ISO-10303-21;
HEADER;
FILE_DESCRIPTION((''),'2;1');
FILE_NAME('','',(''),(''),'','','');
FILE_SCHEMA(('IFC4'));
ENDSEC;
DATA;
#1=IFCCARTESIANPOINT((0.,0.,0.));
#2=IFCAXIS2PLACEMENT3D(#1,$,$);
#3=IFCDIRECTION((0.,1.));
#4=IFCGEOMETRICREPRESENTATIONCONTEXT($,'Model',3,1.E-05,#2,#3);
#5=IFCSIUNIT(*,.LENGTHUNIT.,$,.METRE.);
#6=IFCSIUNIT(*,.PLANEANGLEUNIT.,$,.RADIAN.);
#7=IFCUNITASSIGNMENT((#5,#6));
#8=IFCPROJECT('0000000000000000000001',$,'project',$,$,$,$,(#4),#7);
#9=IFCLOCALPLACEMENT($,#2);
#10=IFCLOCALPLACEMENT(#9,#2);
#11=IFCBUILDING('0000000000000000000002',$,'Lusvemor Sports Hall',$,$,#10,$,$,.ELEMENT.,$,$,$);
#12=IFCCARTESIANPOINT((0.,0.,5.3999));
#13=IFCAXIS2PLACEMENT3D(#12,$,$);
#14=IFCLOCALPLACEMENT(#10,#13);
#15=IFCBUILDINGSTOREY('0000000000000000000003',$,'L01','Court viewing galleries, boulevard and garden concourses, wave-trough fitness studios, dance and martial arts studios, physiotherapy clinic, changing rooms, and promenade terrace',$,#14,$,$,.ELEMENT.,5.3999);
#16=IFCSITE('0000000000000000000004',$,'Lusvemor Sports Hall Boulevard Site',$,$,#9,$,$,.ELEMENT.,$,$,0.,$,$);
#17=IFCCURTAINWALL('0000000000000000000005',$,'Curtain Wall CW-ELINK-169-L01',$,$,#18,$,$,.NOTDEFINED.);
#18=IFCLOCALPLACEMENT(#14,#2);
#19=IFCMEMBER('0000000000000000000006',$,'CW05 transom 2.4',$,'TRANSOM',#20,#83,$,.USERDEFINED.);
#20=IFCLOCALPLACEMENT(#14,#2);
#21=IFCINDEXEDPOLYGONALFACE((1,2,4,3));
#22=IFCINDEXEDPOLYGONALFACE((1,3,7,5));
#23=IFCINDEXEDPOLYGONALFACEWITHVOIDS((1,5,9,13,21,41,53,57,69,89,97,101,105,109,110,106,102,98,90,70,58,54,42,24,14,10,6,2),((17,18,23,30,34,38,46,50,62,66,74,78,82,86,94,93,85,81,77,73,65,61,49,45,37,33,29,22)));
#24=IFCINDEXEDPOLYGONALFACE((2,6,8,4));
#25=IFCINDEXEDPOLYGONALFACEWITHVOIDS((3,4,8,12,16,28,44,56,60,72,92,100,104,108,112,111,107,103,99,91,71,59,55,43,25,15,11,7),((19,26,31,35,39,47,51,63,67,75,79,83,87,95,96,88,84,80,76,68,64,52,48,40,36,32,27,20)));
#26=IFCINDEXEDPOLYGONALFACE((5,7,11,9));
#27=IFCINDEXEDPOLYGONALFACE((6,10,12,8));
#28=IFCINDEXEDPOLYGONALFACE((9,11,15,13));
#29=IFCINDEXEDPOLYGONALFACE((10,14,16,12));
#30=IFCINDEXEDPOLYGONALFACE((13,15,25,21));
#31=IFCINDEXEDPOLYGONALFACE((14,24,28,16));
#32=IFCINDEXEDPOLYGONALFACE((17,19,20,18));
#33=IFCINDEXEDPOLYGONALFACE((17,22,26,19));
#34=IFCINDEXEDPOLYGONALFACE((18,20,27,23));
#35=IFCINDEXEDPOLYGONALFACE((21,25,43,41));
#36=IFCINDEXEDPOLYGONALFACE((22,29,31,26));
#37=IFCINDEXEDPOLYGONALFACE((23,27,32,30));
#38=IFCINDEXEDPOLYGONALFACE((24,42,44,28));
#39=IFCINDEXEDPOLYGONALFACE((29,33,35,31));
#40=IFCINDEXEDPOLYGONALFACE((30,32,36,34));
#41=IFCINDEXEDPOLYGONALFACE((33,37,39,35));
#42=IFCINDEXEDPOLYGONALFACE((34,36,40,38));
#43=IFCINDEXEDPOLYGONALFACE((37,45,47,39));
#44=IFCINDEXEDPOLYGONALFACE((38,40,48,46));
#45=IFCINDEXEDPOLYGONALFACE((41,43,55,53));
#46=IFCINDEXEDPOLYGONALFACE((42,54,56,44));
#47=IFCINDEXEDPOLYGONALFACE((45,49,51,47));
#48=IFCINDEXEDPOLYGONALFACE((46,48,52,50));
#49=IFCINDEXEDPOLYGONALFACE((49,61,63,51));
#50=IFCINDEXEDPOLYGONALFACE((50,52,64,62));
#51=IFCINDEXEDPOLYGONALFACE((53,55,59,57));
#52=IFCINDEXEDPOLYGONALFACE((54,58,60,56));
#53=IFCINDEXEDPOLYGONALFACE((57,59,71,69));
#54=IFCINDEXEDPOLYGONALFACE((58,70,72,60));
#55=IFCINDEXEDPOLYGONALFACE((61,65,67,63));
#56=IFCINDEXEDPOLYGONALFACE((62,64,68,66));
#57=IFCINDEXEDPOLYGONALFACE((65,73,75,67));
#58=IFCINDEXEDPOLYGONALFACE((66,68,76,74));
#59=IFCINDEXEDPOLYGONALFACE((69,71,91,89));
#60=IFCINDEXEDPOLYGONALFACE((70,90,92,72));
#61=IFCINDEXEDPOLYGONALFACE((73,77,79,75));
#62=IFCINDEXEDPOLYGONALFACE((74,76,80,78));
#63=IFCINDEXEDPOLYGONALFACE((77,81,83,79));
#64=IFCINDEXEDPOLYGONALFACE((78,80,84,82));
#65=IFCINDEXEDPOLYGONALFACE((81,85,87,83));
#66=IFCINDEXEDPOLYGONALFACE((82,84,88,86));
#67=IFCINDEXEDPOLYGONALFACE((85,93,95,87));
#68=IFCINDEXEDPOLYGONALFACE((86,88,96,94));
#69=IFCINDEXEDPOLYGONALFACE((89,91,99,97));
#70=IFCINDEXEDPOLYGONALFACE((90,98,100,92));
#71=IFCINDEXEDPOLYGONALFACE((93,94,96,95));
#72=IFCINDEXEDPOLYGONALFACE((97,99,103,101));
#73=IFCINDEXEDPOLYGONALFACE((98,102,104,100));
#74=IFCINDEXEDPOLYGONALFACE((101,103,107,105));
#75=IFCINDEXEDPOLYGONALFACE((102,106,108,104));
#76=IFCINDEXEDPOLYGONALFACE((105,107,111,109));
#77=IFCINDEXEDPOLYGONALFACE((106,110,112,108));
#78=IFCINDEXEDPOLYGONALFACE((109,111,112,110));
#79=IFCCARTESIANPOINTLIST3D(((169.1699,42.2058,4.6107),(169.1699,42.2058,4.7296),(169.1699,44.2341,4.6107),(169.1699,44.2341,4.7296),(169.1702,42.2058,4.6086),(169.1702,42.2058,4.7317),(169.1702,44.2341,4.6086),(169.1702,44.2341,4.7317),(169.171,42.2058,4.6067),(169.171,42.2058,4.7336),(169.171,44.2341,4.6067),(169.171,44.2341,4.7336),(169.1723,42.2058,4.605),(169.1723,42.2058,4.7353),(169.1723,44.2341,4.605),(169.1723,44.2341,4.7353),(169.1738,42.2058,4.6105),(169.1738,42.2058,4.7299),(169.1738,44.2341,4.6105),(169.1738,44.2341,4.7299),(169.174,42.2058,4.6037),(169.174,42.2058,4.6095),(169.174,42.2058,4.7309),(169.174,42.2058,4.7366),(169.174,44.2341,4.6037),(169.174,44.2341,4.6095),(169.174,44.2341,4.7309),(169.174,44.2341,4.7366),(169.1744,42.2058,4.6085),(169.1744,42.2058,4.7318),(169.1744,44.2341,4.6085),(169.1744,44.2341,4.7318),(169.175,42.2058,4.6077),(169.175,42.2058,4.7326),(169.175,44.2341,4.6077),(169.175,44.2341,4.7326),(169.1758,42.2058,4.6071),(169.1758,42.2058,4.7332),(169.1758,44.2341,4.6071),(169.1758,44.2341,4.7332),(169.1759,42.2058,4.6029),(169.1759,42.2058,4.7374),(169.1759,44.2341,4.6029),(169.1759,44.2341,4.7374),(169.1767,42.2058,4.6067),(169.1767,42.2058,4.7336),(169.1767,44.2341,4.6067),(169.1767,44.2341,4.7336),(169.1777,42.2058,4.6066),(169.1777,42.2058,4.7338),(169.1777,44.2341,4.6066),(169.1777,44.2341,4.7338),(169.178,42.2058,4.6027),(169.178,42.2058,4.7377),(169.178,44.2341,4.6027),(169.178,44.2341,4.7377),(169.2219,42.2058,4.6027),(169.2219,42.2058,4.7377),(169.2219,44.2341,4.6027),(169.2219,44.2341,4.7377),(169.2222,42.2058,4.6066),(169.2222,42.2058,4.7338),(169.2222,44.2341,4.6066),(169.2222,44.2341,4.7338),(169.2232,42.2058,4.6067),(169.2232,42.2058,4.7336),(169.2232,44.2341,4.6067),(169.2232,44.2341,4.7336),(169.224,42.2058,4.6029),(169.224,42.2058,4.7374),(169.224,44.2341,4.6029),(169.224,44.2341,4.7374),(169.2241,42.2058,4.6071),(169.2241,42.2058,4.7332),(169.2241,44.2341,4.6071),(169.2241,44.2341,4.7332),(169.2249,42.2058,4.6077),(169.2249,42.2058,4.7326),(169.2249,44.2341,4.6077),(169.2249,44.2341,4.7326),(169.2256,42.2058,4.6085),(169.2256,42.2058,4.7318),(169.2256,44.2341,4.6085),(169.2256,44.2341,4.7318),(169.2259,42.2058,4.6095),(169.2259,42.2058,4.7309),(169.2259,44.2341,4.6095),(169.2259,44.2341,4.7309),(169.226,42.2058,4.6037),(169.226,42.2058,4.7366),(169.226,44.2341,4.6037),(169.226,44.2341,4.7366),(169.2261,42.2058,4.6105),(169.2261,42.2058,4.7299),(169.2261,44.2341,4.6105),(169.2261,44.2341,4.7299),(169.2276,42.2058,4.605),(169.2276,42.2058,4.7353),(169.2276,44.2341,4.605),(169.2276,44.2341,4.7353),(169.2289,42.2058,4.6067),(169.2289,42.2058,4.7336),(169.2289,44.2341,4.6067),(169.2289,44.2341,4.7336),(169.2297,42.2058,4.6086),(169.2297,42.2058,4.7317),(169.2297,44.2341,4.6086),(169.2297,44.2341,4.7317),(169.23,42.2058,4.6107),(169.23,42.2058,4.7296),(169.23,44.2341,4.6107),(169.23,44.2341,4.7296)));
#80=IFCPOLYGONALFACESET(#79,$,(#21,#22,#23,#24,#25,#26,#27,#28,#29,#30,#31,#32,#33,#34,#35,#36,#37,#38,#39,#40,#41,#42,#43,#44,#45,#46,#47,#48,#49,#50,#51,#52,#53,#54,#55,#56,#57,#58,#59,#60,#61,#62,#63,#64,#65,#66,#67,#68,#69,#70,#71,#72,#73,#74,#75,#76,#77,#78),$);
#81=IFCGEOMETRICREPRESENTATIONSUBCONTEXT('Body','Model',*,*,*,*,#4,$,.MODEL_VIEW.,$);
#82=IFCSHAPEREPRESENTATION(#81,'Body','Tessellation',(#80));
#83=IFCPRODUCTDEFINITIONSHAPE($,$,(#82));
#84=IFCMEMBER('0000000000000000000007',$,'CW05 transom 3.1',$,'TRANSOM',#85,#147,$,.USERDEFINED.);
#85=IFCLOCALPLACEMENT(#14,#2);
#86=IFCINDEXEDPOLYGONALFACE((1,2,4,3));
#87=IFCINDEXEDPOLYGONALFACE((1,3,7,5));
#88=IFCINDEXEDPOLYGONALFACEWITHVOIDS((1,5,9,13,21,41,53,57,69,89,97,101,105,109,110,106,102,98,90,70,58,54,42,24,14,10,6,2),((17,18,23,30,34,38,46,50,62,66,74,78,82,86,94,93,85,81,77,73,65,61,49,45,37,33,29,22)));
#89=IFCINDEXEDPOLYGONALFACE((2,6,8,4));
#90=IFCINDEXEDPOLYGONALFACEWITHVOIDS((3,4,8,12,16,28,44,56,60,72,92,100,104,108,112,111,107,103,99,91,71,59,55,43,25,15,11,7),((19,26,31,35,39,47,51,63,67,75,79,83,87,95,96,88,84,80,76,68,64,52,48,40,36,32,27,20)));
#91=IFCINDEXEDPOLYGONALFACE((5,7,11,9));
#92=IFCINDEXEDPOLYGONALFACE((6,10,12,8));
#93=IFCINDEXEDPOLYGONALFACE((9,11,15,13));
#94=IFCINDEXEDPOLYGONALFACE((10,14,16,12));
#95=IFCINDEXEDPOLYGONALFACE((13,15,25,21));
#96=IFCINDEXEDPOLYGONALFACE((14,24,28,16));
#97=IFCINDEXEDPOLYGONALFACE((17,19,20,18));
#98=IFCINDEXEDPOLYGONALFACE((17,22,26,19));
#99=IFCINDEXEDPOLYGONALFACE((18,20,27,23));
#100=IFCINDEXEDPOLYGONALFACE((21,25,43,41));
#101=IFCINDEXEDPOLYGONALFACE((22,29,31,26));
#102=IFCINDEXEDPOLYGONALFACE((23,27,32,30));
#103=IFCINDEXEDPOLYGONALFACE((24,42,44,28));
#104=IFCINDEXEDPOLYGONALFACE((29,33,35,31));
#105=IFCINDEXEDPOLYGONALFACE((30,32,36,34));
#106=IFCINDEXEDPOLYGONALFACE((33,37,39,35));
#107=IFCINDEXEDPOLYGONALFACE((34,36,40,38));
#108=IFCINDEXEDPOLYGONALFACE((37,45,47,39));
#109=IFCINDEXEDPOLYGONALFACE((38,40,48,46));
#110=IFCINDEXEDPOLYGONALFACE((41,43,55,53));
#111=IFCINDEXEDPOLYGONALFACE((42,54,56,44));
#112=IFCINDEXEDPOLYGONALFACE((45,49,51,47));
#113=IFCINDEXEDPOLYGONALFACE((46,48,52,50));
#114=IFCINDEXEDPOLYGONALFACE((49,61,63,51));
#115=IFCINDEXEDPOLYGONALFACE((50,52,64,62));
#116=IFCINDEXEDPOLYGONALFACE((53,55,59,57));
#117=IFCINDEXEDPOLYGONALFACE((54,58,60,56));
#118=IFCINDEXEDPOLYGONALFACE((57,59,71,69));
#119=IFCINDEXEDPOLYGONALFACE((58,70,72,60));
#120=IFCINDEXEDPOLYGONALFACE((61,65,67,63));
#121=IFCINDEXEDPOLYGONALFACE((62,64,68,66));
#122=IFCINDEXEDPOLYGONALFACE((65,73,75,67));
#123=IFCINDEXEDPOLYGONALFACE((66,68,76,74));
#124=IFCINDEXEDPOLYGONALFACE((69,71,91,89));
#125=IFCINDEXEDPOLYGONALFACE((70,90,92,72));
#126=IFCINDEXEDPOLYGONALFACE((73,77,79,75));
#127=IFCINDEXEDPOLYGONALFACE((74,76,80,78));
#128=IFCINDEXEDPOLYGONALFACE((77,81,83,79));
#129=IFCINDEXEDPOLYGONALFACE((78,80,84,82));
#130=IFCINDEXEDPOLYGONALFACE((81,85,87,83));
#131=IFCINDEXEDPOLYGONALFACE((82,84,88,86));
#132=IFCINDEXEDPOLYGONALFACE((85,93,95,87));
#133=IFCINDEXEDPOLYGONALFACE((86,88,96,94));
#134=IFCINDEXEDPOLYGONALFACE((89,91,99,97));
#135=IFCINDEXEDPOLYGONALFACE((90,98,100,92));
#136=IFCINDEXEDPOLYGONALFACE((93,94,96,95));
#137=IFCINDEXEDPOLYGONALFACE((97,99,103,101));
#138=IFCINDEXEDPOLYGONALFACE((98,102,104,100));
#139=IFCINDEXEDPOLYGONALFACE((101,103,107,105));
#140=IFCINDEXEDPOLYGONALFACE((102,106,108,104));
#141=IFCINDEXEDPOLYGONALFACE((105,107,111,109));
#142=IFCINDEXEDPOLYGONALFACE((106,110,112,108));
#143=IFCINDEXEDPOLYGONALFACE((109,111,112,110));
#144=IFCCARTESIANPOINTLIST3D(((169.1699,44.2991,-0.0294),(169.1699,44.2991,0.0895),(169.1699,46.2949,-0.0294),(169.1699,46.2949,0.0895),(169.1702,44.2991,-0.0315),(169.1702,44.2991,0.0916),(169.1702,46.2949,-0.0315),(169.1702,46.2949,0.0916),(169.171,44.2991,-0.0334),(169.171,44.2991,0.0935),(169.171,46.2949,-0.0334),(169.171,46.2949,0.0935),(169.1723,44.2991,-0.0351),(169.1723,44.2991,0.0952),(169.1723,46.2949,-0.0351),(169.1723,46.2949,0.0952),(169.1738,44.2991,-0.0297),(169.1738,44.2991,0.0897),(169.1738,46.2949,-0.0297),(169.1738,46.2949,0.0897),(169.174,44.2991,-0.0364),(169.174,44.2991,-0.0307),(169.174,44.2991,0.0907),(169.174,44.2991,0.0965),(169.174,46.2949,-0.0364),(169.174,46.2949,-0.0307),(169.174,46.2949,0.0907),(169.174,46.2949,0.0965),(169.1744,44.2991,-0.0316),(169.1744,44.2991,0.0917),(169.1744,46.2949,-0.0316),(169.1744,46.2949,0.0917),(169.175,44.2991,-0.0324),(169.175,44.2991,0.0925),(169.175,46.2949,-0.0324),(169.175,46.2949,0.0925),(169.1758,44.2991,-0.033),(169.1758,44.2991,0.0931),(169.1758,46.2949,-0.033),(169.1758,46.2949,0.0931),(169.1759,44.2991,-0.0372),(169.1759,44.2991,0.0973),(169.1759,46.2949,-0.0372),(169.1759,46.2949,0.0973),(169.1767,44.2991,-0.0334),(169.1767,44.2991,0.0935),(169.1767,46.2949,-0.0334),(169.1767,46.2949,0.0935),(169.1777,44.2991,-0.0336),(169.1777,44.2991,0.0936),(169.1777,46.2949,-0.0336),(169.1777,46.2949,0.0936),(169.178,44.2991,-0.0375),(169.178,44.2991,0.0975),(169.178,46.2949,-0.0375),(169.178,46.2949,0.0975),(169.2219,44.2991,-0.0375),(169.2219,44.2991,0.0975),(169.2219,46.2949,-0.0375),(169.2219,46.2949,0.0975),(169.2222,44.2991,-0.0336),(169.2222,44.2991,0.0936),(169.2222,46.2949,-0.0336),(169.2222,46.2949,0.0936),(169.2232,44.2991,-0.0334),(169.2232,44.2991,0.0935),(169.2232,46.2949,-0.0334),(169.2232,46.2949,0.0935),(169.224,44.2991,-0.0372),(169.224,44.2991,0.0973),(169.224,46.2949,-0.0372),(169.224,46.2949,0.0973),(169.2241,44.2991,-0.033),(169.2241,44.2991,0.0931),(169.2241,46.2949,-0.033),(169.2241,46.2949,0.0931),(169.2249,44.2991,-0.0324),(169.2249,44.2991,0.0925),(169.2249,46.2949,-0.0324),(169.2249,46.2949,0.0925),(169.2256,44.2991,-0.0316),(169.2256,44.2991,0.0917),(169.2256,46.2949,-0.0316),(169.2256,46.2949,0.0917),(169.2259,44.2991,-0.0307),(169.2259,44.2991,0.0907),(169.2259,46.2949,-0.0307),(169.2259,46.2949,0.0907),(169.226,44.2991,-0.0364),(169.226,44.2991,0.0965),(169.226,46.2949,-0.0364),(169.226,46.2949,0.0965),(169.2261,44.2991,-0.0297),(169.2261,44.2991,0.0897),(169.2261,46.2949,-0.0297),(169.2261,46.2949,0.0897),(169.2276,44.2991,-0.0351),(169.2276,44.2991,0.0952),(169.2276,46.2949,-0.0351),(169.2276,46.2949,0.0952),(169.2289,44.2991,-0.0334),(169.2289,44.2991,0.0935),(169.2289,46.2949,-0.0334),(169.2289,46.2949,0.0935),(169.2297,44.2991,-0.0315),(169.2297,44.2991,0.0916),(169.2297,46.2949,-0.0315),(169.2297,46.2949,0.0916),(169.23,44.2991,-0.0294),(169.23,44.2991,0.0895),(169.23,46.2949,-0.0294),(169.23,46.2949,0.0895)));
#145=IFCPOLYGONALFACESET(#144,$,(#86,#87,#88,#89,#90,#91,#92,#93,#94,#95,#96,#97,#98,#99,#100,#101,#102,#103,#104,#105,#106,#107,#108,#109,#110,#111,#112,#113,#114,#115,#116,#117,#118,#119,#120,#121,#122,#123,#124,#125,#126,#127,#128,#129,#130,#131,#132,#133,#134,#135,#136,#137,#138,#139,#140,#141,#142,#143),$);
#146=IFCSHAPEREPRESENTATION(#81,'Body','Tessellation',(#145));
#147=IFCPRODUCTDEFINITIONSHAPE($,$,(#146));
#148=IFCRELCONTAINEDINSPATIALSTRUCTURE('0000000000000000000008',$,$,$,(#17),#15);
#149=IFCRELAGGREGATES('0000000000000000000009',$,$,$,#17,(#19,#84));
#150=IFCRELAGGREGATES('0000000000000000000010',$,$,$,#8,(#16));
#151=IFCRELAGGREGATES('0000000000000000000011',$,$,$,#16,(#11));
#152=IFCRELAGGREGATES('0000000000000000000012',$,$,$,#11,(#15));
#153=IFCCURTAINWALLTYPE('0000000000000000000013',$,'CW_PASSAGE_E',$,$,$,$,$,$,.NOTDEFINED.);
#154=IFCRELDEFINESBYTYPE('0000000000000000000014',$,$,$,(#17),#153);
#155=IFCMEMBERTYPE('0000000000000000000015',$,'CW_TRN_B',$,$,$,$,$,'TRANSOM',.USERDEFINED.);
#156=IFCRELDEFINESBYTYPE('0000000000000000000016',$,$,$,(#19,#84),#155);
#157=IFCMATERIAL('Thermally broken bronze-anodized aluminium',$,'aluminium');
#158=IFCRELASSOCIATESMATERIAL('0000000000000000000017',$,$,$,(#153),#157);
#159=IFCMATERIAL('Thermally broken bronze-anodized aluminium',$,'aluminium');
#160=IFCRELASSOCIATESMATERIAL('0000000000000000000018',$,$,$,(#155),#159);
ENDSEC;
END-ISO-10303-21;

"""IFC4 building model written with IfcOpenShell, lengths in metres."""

from ifc_helpers import new_model, si_unit, direction, frame, origin, origin_2d, place, context, subcontext, project, spatial, hollow_rectangle, extrude, material, material_profile, profile_set, type_object, element, aggregate, save


model = new_model("IFC4")

# Units and contexts
model_context = context("Model", 3, precision=1e-05, world=origin(), true_north=direction((0.0, 1.0)))
body_context = subcontext(model_context, "Body", "Model", "MODEL_VIEW")
ifc_project = project(units=[si_unit("LENGTHUNIT", "METRE"), si_unit("PLANEANGLEUNIT", "RADIAN")], contexts=[model_context])

# Site, building, storey
site_placement = place(None, origin())
site = spatial("IfcSite", under=ifc_project, at=site_placement, Name="Lusvemor Sports Hall Boulevard Site", CompositionType="ELEMENT", RefElevation=0.0)
building_placement = place(site_placement, origin())
building = spatial("IfcBuilding", under=site, at=building_placement, Name="Lusvemor Sports Hall", CompositionType="ELEMENT")
storey_placement = place(building_placement, frame((0.0, 0.0, 5.3999)))
storey = spatial("IfcBuildingStorey", under=building, at=storey_placement, Name="L01", Description="Court viewing galleries, boulevard and garden concourses, wave-trough fitness studios, dance and martial arts studios, physiotherapy clinic, changing rooms, and promenade terrace", CompositionType="ELEMENT", Elevation=5.3999)

# Curtain wall, members
ifc_material_1 = material(Name="Thermally broken bronze-anodized aluminium", Category="aluminium")
curtain_wall_type = type_object("IfcCurtainWallType", Name="CW_PASSAGE_E", PredefinedType="NOTDEFINED", material=ifc_material_1)
curtain_wall_placement = place(storey_placement, origin())
curtain_wall = element("IfcCurtainWall", 1, at=curtain_wall_placement, inside=storey, type_object=curtain_wall_type, Name="Curtain Wall CW-ELINK-169-L01", PredefinedType="NOTDEFINED")
ifc_material_2 = material(Name="Thermally broken bronze-anodized aluminium", Category="aluminium")
ifc_material_profile_1 = material_profile(ifc_material_2, hollow_rectangle(XDim=0.0601, YDim=0.135, WallThickness=0.0039, InnerFilletRadius=0.0039, OuterFilletRadius=0.0081, at=origin_2d()), Name="CWTRN135x60x4")
ifc_profile_set_1 = profile_set([ifc_material_profile_1], Name="Thermally broken bronze-anodized aluminium")
member_type_1 = type_object("IfcMemberType", Name="CW_TRN_B", ElementType="TRANSOM", PredefinedType="USERDEFINED", material=ifc_profile_set_1)
member_1_placement = place(storey_placement, frame((169.2, 42.2058, 4.6702), z_axis=(0.0, 1.0, 0.0), x_axis=(-1.0, 0.0, 0.0)))
member_1 = element("IfcMember", 2, at=member_1_placement, type_object=member_type_1, Name="CW05 transom 2.4", ObjectType="TRANSOM", PredefinedType="USERDEFINED", context=body_context, shape_type="SweptSolid", body=[
    extrude(hollow_rectangle(XDim=0.0601, YDim=0.135, WallThickness=0.0039, InnerFilletRadius=0.0039, OuterFilletRadius=0.0081, at=origin_2d()), origin(), (0.0, 0.0, 1.0), 2.0283),
])
member_2_placement = place(storey_placement, frame((169.2, 44.2991, 0.03), z_axis=(0.0, 1.0, 0.0), x_axis=(-1.0, 0.0, 0.0)))
member_2 = element("IfcMember", 3, at=member_2_placement, type_object=member_type_1, Name="CW05 transom 3.1", ObjectType="TRANSOM", PredefinedType="USERDEFINED", context=body_context, shape_type="SweptSolid", body=[
    extrude(hollow_rectangle(XDim=0.0601, YDim=0.135, WallThickness=0.0039, InnerFilletRadius=0.0039, OuterFilletRadius=0.0081, at=origin_2d()), origin(), (0.0, 0.0, 1.0), 1.9958),
])

aggregate(curtain_wall, [member_1, member_2])

save(model, "model.ifc")
